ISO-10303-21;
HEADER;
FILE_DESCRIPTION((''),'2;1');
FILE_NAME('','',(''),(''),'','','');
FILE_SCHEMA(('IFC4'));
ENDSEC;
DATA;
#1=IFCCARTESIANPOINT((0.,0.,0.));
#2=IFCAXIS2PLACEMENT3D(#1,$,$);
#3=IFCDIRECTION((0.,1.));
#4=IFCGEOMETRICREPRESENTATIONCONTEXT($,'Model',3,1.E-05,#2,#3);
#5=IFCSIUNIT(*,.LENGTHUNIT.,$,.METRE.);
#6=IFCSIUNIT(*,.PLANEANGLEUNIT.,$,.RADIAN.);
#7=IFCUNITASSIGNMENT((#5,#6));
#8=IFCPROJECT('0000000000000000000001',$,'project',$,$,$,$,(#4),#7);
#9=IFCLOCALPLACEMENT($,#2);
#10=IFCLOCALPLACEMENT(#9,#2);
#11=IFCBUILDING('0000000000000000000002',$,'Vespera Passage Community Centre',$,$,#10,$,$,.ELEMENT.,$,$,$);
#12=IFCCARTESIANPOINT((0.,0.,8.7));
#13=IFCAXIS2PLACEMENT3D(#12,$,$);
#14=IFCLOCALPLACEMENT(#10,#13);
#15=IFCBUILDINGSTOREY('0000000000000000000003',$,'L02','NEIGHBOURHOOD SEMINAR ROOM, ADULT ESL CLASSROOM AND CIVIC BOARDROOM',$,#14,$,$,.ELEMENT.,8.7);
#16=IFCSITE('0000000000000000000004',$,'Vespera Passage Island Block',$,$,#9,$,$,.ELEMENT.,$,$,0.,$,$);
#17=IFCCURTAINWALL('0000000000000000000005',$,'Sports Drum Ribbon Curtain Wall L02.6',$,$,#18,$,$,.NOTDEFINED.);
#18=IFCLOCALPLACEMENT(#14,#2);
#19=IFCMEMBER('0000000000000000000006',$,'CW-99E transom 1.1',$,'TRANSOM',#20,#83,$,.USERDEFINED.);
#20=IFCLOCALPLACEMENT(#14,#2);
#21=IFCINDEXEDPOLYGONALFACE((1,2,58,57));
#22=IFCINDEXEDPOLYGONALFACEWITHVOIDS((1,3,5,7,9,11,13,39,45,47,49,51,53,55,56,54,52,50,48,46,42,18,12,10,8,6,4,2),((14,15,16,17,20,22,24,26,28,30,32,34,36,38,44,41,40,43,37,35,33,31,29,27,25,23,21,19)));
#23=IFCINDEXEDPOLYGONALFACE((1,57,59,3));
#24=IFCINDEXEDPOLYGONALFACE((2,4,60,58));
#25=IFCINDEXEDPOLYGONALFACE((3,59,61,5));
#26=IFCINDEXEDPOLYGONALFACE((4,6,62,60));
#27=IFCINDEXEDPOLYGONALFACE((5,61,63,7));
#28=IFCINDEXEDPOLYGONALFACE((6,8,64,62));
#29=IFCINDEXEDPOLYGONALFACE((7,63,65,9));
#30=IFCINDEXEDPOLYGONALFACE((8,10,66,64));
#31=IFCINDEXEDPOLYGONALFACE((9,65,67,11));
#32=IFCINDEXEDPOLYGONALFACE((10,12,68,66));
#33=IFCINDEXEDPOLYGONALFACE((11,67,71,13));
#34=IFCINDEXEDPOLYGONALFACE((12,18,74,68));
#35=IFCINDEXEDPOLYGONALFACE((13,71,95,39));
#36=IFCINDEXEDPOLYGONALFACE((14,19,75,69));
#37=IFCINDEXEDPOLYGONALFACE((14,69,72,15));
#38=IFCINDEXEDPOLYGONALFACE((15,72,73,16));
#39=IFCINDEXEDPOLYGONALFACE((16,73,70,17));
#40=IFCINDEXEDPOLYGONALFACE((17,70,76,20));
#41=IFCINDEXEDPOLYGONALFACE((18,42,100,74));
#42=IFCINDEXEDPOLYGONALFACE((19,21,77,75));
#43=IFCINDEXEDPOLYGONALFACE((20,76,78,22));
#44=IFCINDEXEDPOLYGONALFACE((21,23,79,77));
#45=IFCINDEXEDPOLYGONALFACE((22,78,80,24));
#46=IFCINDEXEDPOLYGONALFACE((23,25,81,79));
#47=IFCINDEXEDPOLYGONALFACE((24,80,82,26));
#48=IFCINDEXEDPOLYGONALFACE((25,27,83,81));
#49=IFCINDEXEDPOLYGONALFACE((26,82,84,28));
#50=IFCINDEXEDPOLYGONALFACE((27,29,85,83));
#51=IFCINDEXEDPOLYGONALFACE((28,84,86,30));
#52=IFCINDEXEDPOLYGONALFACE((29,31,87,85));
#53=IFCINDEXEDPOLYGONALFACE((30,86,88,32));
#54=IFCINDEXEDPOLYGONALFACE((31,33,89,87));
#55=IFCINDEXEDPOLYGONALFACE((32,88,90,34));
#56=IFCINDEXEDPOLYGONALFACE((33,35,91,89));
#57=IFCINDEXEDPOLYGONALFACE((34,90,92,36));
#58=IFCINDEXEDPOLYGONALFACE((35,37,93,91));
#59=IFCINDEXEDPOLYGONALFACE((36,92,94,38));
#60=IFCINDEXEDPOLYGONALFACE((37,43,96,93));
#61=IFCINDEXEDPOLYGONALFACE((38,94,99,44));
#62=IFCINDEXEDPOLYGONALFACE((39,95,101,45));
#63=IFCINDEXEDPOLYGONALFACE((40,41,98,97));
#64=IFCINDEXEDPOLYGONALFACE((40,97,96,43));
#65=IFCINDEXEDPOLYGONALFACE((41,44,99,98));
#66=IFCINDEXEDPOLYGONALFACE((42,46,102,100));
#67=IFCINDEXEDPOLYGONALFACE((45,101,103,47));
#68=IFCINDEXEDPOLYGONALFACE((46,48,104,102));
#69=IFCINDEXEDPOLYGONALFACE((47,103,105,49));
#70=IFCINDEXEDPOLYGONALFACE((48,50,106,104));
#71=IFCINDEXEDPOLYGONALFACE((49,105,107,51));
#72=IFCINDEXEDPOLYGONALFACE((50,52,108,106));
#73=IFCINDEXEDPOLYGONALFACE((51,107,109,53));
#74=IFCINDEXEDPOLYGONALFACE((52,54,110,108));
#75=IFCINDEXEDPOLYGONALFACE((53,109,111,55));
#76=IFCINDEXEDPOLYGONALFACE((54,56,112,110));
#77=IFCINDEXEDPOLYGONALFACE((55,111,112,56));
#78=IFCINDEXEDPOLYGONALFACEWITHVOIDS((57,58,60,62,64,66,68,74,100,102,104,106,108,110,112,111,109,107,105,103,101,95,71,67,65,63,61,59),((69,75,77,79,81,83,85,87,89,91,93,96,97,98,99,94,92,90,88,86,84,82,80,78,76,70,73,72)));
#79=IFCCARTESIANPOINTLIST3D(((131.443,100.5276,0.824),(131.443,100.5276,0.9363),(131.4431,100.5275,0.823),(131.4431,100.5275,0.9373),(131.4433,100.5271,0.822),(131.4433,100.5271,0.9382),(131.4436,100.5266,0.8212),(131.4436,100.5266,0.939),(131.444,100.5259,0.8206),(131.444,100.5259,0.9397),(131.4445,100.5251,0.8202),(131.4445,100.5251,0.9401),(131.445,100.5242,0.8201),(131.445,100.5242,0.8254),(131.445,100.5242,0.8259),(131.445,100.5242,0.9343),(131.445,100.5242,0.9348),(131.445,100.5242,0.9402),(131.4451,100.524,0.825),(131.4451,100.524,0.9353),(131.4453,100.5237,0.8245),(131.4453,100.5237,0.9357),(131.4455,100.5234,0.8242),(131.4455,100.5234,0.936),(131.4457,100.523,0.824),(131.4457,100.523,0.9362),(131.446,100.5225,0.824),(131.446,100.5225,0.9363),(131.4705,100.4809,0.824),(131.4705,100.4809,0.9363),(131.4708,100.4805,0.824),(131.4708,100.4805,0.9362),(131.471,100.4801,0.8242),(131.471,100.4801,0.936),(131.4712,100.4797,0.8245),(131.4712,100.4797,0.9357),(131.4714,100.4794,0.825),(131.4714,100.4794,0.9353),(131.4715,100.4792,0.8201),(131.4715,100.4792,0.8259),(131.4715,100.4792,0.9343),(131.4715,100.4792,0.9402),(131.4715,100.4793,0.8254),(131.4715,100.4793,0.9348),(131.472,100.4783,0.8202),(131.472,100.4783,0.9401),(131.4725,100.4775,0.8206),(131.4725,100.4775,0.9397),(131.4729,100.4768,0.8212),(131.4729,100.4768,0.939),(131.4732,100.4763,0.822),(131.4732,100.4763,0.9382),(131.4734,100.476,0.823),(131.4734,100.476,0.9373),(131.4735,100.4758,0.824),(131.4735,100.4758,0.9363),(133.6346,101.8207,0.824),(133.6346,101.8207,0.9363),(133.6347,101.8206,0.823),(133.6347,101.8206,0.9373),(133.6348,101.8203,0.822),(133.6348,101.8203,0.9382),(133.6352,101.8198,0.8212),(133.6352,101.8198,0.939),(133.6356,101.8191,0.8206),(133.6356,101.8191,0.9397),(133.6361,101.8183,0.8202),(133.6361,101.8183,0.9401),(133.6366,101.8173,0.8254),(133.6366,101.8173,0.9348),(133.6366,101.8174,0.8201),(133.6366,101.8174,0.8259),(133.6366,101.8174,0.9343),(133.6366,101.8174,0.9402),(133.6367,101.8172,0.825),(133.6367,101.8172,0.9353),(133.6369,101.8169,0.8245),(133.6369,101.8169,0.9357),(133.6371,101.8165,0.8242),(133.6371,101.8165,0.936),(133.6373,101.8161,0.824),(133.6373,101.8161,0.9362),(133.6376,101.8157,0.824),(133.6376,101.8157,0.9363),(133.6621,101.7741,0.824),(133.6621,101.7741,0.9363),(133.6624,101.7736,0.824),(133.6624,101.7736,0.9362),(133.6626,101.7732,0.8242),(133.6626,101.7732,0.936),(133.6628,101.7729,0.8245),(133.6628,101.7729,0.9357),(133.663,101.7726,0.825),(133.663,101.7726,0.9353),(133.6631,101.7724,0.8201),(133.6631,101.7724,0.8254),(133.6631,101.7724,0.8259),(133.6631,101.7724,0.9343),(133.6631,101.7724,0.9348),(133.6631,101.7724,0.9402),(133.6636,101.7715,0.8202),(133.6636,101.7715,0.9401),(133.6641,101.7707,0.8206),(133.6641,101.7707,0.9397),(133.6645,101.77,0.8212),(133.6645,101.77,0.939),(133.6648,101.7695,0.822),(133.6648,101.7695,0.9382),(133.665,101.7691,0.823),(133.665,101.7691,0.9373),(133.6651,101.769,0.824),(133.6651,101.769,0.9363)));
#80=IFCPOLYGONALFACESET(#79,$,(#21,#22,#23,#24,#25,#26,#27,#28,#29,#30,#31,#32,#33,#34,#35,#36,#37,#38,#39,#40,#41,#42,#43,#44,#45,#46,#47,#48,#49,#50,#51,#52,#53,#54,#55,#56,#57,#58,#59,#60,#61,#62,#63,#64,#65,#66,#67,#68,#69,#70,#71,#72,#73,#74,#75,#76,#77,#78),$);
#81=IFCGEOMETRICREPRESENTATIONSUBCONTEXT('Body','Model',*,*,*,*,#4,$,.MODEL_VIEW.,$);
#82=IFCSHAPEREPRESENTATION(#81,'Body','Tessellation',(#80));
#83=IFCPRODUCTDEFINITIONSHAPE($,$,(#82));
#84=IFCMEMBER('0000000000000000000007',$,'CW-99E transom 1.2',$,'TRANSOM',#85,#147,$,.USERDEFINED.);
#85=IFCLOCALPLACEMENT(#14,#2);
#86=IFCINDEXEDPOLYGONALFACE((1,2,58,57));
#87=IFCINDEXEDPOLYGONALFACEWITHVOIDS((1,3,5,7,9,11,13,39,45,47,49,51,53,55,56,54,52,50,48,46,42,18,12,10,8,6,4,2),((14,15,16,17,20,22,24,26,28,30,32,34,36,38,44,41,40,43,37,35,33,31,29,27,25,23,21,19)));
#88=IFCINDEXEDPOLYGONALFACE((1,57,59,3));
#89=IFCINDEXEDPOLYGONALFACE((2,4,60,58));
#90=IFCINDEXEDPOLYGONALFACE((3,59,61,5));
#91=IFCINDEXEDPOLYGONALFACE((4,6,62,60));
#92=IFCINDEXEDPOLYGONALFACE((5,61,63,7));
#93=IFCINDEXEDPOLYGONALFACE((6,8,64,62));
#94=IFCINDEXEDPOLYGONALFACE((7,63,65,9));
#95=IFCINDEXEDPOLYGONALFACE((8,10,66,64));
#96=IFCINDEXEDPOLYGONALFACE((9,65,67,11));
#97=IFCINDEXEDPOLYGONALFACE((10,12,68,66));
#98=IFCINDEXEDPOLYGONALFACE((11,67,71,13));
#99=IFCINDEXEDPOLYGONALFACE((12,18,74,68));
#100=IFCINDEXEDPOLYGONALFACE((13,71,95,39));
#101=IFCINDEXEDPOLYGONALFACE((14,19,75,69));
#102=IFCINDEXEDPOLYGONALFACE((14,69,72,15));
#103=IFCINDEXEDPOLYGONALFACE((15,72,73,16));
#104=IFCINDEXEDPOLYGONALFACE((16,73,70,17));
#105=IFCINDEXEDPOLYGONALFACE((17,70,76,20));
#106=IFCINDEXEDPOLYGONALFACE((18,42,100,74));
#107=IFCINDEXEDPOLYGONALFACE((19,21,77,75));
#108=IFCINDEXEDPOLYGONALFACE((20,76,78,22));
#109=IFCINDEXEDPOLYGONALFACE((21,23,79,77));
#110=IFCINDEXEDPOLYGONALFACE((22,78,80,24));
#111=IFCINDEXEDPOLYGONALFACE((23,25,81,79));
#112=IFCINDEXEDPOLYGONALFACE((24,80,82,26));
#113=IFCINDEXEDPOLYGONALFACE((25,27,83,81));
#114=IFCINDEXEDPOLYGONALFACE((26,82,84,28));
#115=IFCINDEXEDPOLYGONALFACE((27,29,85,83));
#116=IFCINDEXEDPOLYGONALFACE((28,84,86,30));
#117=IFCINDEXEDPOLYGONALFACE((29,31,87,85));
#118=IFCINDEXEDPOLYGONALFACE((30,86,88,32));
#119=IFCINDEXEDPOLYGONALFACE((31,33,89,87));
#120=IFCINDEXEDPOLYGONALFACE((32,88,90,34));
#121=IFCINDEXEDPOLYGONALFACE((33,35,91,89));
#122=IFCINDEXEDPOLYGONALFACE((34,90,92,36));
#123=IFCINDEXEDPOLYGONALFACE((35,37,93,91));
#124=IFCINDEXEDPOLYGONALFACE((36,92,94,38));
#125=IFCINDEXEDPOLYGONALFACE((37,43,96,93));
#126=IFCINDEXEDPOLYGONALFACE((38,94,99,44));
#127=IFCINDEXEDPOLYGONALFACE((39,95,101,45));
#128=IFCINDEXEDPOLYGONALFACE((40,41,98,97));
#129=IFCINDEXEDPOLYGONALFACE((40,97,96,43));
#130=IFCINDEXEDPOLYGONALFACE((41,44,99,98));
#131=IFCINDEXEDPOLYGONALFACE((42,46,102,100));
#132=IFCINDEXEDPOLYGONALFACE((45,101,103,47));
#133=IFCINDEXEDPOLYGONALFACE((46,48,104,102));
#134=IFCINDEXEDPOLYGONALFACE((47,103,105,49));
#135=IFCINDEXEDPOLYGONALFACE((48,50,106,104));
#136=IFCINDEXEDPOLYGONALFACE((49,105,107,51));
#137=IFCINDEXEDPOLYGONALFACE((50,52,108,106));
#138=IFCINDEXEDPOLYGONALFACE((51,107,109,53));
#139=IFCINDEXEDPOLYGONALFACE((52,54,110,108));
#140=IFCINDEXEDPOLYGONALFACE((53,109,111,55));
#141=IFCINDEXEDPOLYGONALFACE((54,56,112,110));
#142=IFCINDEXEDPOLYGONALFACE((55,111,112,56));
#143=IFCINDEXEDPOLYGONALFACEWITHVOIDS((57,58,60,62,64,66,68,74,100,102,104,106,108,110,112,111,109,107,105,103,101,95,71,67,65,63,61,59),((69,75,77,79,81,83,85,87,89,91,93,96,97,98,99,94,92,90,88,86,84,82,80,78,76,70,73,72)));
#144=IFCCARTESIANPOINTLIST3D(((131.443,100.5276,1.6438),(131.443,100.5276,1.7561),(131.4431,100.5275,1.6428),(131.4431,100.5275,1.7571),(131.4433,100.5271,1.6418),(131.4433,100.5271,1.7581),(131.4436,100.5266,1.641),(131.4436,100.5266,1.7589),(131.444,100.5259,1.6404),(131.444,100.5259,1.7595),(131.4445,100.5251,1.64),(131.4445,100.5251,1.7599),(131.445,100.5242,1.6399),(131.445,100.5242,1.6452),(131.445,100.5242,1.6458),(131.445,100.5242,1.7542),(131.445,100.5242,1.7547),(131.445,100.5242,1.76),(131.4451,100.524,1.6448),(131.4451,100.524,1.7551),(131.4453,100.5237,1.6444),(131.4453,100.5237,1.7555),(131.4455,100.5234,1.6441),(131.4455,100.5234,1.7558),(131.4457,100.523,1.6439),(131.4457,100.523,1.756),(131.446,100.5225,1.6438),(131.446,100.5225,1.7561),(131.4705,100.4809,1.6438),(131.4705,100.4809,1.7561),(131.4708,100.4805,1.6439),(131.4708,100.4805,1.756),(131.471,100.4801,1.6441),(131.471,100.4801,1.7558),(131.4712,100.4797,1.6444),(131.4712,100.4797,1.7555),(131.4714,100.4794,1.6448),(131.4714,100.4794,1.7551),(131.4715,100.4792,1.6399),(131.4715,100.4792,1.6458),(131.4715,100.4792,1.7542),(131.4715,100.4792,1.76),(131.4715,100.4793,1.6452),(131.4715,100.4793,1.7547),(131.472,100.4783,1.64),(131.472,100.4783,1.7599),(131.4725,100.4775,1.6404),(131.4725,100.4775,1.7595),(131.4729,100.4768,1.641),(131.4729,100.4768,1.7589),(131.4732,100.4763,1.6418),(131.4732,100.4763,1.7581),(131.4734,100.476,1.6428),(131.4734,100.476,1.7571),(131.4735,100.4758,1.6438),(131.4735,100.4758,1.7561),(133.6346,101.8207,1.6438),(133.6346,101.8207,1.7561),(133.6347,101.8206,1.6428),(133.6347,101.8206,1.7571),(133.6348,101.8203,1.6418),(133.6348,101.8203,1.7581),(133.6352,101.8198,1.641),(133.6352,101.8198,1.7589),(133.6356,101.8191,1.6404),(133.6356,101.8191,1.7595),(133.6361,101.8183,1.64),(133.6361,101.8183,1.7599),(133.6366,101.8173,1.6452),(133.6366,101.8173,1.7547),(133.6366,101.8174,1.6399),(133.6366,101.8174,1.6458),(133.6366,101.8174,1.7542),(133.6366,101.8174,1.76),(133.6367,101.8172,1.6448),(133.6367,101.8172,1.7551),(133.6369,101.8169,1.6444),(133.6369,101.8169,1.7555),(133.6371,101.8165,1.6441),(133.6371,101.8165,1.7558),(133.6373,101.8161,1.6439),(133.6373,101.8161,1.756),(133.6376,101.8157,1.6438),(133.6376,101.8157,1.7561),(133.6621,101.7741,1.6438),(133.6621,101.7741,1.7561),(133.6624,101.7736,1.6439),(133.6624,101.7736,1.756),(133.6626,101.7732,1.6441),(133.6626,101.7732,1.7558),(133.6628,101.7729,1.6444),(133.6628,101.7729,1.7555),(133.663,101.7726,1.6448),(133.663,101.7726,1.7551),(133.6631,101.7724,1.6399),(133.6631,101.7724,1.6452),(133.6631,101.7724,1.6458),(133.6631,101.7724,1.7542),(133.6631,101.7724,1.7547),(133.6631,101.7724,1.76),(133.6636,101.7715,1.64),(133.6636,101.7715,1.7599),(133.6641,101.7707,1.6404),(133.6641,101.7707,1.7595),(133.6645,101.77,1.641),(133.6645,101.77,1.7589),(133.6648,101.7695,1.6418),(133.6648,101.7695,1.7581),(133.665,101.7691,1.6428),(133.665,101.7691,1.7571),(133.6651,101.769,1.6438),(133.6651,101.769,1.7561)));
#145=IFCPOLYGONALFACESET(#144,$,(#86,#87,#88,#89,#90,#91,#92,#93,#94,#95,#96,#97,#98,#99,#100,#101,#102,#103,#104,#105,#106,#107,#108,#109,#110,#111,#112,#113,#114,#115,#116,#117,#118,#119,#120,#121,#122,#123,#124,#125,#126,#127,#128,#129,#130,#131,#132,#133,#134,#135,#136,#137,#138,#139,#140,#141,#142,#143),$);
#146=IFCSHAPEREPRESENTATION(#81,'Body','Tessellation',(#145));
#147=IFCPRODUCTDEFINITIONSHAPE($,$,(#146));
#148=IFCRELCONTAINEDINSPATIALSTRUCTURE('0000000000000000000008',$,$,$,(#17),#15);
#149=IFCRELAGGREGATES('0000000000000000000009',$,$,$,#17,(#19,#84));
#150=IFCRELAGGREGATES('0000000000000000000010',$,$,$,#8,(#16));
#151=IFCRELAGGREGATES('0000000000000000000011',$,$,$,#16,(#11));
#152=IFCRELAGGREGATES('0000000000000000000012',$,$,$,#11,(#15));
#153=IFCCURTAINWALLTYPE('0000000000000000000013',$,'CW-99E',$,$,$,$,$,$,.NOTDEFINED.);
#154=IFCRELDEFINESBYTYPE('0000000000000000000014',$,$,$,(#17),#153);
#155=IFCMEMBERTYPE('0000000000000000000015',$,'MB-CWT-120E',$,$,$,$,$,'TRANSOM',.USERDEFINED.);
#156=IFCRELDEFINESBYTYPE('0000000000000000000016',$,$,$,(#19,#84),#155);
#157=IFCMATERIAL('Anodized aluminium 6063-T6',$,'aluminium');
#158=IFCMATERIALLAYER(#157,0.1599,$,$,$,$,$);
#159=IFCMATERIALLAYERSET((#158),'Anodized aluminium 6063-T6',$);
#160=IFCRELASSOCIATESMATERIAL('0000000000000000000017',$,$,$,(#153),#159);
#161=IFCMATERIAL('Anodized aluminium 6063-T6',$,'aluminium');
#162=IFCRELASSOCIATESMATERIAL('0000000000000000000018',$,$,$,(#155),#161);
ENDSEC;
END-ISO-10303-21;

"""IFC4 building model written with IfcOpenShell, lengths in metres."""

from ifc_helpers import new_model, si_unit, direction, frame, origin, origin_2d, place, context, subcontext, project, spatial, hollow_rectangle, extrude, material, layer, layer_set, material_profile, profile_set, type_object, element, aggregate, save


model = new_model("IFC4")

# Units and contexts
model_context = context("Model", 3, precision=1e-05, world=origin(), true_north=direction((0.0, 1.0)))
body_context = subcontext(model_context, "Body", "Model", "MODEL_VIEW")
ifc_project = project(units=[si_unit("LENGTHUNIT", "METRE"), si_unit("PLANEANGLEUNIT", "RADIAN")], contexts=[model_context])

# Site, building, storey
site_placement = place(None, origin())
site = spatial("IfcSite", under=ifc_project, at=site_placement, Name="Vespera Passage Island Block", CompositionType="ELEMENT", RefElevation=0.0)
building_placement = place(site_placement, origin())
building = spatial("IfcBuilding", under=site, at=building_placement, Name="Vespera Passage Community Centre", CompositionType="ELEMENT")
storey_placement = place(building_placement, frame((0.0, 0.0, 8.7)))
storey = spatial("IfcBuildingStorey", under=building, at=storey_placement, Name="L02", Description="NEIGHBOURHOOD SEMINAR ROOM, ADULT ESL CLASSROOM AND CIVIC BOARDROOM", CompositionType="ELEMENT", Elevation=8.7)

# Curtain wall
ifc_material_1 = material(Name="Anodized aluminium 6063-T6", Category="aluminium")
ifc_layer_1 = layer(ifc_material_1, 0.1599)
ifc_layer_set_1 = layer_set([ifc_layer_1], Name="Anodized aluminium 6063-T6")
curtain_wall_type_1 = type_object("IfcCurtainWallType", Name="CW-99E", PredefinedType="NOTDEFINED", material=ifc_layer_set_1)
curtain_wall_1_placement = place(storey_placement, origin())
curtain_wall_1 = element("IfcCurtainWall", 1, at=curtain_wall_1_placement, inside=storey, type_object=curtain_wall_type_1, Name="Sports Drum Ribbon Curtain Wall L02.6", PredefinedType="NOTDEFINED")

# Members
ifc_material_2 = material(Name="Anodized aluminium 6063-T6", Category="aluminium")
ifc_material_profile_1 = material_profile(ifc_material_2, hollow_rectangle(XDim=0.0601, YDim=0.1201, WallThickness=0.0039, InnerFilletRadius=0.002, OuterFilletRadius=0.0039, at=origin_2d()), Name="ALU120X60X4")
ifc_profile_set_1 = profile_set([ifc_material_profile_1], Name="Anodized aluminium 6063-T6")
member_type_1 = type_object("IfcMemberType", Name="MB-CWT-120E", ElementType="TRANSOM", PredefinedType="USERDEFINED", material=ifc_profile_set_1)
member_1_placement = place(storey_placement, frame((131.4583, 100.5017, 0.8801), z_axis=(0.861245, 0.508189, 0.0), x_axis=(-0.508189, 0.861245, 0.0)))
member_1 = element("IfcMember", 2, at=member_1_placement, type_object=member_type_1, Name="CW-99E transom 1.1", ObjectType="TRANSOM", PredefinedType="USERDEFINED", context=body_context, shape_type="SweptSolid", body=[
    extrude(hollow_rectangle(XDim=0.0601, YDim=0.1201, WallThickness=0.0039, InnerFilletRadius=0.002, OuterFilletRadius=0.0039, at=origin_2d()), origin(), (0.0, 0.0, 1.0), 2.5447),
])
member_2_placement = place(storey_placement, frame((131.4583, 100.5017, 1.7), z_axis=(0.861245, 0.508189, 0.0), x_axis=(-0.508189, 0.861245, 0.0)))
member_2 = element("IfcMember", 3, at=member_2_placement, type_object=member_type_1, Name="CW-99E transom 1.2", ObjectType="TRANSOM", PredefinedType="USERDEFINED", context=body_context, shape_type="SweptSolid", body=[
    extrude(hollow_rectangle(XDim=0.0601, YDim=0.1201, WallThickness=0.0039, InnerFilletRadius=0.002, OuterFilletRadius=0.0039, at=origin_2d()), origin(), (0.0, 0.0, 1.0), 2.5447),
])

aggregate(curtain_wall_1, [member_1, member_2])

save(model, "model.ifc")
